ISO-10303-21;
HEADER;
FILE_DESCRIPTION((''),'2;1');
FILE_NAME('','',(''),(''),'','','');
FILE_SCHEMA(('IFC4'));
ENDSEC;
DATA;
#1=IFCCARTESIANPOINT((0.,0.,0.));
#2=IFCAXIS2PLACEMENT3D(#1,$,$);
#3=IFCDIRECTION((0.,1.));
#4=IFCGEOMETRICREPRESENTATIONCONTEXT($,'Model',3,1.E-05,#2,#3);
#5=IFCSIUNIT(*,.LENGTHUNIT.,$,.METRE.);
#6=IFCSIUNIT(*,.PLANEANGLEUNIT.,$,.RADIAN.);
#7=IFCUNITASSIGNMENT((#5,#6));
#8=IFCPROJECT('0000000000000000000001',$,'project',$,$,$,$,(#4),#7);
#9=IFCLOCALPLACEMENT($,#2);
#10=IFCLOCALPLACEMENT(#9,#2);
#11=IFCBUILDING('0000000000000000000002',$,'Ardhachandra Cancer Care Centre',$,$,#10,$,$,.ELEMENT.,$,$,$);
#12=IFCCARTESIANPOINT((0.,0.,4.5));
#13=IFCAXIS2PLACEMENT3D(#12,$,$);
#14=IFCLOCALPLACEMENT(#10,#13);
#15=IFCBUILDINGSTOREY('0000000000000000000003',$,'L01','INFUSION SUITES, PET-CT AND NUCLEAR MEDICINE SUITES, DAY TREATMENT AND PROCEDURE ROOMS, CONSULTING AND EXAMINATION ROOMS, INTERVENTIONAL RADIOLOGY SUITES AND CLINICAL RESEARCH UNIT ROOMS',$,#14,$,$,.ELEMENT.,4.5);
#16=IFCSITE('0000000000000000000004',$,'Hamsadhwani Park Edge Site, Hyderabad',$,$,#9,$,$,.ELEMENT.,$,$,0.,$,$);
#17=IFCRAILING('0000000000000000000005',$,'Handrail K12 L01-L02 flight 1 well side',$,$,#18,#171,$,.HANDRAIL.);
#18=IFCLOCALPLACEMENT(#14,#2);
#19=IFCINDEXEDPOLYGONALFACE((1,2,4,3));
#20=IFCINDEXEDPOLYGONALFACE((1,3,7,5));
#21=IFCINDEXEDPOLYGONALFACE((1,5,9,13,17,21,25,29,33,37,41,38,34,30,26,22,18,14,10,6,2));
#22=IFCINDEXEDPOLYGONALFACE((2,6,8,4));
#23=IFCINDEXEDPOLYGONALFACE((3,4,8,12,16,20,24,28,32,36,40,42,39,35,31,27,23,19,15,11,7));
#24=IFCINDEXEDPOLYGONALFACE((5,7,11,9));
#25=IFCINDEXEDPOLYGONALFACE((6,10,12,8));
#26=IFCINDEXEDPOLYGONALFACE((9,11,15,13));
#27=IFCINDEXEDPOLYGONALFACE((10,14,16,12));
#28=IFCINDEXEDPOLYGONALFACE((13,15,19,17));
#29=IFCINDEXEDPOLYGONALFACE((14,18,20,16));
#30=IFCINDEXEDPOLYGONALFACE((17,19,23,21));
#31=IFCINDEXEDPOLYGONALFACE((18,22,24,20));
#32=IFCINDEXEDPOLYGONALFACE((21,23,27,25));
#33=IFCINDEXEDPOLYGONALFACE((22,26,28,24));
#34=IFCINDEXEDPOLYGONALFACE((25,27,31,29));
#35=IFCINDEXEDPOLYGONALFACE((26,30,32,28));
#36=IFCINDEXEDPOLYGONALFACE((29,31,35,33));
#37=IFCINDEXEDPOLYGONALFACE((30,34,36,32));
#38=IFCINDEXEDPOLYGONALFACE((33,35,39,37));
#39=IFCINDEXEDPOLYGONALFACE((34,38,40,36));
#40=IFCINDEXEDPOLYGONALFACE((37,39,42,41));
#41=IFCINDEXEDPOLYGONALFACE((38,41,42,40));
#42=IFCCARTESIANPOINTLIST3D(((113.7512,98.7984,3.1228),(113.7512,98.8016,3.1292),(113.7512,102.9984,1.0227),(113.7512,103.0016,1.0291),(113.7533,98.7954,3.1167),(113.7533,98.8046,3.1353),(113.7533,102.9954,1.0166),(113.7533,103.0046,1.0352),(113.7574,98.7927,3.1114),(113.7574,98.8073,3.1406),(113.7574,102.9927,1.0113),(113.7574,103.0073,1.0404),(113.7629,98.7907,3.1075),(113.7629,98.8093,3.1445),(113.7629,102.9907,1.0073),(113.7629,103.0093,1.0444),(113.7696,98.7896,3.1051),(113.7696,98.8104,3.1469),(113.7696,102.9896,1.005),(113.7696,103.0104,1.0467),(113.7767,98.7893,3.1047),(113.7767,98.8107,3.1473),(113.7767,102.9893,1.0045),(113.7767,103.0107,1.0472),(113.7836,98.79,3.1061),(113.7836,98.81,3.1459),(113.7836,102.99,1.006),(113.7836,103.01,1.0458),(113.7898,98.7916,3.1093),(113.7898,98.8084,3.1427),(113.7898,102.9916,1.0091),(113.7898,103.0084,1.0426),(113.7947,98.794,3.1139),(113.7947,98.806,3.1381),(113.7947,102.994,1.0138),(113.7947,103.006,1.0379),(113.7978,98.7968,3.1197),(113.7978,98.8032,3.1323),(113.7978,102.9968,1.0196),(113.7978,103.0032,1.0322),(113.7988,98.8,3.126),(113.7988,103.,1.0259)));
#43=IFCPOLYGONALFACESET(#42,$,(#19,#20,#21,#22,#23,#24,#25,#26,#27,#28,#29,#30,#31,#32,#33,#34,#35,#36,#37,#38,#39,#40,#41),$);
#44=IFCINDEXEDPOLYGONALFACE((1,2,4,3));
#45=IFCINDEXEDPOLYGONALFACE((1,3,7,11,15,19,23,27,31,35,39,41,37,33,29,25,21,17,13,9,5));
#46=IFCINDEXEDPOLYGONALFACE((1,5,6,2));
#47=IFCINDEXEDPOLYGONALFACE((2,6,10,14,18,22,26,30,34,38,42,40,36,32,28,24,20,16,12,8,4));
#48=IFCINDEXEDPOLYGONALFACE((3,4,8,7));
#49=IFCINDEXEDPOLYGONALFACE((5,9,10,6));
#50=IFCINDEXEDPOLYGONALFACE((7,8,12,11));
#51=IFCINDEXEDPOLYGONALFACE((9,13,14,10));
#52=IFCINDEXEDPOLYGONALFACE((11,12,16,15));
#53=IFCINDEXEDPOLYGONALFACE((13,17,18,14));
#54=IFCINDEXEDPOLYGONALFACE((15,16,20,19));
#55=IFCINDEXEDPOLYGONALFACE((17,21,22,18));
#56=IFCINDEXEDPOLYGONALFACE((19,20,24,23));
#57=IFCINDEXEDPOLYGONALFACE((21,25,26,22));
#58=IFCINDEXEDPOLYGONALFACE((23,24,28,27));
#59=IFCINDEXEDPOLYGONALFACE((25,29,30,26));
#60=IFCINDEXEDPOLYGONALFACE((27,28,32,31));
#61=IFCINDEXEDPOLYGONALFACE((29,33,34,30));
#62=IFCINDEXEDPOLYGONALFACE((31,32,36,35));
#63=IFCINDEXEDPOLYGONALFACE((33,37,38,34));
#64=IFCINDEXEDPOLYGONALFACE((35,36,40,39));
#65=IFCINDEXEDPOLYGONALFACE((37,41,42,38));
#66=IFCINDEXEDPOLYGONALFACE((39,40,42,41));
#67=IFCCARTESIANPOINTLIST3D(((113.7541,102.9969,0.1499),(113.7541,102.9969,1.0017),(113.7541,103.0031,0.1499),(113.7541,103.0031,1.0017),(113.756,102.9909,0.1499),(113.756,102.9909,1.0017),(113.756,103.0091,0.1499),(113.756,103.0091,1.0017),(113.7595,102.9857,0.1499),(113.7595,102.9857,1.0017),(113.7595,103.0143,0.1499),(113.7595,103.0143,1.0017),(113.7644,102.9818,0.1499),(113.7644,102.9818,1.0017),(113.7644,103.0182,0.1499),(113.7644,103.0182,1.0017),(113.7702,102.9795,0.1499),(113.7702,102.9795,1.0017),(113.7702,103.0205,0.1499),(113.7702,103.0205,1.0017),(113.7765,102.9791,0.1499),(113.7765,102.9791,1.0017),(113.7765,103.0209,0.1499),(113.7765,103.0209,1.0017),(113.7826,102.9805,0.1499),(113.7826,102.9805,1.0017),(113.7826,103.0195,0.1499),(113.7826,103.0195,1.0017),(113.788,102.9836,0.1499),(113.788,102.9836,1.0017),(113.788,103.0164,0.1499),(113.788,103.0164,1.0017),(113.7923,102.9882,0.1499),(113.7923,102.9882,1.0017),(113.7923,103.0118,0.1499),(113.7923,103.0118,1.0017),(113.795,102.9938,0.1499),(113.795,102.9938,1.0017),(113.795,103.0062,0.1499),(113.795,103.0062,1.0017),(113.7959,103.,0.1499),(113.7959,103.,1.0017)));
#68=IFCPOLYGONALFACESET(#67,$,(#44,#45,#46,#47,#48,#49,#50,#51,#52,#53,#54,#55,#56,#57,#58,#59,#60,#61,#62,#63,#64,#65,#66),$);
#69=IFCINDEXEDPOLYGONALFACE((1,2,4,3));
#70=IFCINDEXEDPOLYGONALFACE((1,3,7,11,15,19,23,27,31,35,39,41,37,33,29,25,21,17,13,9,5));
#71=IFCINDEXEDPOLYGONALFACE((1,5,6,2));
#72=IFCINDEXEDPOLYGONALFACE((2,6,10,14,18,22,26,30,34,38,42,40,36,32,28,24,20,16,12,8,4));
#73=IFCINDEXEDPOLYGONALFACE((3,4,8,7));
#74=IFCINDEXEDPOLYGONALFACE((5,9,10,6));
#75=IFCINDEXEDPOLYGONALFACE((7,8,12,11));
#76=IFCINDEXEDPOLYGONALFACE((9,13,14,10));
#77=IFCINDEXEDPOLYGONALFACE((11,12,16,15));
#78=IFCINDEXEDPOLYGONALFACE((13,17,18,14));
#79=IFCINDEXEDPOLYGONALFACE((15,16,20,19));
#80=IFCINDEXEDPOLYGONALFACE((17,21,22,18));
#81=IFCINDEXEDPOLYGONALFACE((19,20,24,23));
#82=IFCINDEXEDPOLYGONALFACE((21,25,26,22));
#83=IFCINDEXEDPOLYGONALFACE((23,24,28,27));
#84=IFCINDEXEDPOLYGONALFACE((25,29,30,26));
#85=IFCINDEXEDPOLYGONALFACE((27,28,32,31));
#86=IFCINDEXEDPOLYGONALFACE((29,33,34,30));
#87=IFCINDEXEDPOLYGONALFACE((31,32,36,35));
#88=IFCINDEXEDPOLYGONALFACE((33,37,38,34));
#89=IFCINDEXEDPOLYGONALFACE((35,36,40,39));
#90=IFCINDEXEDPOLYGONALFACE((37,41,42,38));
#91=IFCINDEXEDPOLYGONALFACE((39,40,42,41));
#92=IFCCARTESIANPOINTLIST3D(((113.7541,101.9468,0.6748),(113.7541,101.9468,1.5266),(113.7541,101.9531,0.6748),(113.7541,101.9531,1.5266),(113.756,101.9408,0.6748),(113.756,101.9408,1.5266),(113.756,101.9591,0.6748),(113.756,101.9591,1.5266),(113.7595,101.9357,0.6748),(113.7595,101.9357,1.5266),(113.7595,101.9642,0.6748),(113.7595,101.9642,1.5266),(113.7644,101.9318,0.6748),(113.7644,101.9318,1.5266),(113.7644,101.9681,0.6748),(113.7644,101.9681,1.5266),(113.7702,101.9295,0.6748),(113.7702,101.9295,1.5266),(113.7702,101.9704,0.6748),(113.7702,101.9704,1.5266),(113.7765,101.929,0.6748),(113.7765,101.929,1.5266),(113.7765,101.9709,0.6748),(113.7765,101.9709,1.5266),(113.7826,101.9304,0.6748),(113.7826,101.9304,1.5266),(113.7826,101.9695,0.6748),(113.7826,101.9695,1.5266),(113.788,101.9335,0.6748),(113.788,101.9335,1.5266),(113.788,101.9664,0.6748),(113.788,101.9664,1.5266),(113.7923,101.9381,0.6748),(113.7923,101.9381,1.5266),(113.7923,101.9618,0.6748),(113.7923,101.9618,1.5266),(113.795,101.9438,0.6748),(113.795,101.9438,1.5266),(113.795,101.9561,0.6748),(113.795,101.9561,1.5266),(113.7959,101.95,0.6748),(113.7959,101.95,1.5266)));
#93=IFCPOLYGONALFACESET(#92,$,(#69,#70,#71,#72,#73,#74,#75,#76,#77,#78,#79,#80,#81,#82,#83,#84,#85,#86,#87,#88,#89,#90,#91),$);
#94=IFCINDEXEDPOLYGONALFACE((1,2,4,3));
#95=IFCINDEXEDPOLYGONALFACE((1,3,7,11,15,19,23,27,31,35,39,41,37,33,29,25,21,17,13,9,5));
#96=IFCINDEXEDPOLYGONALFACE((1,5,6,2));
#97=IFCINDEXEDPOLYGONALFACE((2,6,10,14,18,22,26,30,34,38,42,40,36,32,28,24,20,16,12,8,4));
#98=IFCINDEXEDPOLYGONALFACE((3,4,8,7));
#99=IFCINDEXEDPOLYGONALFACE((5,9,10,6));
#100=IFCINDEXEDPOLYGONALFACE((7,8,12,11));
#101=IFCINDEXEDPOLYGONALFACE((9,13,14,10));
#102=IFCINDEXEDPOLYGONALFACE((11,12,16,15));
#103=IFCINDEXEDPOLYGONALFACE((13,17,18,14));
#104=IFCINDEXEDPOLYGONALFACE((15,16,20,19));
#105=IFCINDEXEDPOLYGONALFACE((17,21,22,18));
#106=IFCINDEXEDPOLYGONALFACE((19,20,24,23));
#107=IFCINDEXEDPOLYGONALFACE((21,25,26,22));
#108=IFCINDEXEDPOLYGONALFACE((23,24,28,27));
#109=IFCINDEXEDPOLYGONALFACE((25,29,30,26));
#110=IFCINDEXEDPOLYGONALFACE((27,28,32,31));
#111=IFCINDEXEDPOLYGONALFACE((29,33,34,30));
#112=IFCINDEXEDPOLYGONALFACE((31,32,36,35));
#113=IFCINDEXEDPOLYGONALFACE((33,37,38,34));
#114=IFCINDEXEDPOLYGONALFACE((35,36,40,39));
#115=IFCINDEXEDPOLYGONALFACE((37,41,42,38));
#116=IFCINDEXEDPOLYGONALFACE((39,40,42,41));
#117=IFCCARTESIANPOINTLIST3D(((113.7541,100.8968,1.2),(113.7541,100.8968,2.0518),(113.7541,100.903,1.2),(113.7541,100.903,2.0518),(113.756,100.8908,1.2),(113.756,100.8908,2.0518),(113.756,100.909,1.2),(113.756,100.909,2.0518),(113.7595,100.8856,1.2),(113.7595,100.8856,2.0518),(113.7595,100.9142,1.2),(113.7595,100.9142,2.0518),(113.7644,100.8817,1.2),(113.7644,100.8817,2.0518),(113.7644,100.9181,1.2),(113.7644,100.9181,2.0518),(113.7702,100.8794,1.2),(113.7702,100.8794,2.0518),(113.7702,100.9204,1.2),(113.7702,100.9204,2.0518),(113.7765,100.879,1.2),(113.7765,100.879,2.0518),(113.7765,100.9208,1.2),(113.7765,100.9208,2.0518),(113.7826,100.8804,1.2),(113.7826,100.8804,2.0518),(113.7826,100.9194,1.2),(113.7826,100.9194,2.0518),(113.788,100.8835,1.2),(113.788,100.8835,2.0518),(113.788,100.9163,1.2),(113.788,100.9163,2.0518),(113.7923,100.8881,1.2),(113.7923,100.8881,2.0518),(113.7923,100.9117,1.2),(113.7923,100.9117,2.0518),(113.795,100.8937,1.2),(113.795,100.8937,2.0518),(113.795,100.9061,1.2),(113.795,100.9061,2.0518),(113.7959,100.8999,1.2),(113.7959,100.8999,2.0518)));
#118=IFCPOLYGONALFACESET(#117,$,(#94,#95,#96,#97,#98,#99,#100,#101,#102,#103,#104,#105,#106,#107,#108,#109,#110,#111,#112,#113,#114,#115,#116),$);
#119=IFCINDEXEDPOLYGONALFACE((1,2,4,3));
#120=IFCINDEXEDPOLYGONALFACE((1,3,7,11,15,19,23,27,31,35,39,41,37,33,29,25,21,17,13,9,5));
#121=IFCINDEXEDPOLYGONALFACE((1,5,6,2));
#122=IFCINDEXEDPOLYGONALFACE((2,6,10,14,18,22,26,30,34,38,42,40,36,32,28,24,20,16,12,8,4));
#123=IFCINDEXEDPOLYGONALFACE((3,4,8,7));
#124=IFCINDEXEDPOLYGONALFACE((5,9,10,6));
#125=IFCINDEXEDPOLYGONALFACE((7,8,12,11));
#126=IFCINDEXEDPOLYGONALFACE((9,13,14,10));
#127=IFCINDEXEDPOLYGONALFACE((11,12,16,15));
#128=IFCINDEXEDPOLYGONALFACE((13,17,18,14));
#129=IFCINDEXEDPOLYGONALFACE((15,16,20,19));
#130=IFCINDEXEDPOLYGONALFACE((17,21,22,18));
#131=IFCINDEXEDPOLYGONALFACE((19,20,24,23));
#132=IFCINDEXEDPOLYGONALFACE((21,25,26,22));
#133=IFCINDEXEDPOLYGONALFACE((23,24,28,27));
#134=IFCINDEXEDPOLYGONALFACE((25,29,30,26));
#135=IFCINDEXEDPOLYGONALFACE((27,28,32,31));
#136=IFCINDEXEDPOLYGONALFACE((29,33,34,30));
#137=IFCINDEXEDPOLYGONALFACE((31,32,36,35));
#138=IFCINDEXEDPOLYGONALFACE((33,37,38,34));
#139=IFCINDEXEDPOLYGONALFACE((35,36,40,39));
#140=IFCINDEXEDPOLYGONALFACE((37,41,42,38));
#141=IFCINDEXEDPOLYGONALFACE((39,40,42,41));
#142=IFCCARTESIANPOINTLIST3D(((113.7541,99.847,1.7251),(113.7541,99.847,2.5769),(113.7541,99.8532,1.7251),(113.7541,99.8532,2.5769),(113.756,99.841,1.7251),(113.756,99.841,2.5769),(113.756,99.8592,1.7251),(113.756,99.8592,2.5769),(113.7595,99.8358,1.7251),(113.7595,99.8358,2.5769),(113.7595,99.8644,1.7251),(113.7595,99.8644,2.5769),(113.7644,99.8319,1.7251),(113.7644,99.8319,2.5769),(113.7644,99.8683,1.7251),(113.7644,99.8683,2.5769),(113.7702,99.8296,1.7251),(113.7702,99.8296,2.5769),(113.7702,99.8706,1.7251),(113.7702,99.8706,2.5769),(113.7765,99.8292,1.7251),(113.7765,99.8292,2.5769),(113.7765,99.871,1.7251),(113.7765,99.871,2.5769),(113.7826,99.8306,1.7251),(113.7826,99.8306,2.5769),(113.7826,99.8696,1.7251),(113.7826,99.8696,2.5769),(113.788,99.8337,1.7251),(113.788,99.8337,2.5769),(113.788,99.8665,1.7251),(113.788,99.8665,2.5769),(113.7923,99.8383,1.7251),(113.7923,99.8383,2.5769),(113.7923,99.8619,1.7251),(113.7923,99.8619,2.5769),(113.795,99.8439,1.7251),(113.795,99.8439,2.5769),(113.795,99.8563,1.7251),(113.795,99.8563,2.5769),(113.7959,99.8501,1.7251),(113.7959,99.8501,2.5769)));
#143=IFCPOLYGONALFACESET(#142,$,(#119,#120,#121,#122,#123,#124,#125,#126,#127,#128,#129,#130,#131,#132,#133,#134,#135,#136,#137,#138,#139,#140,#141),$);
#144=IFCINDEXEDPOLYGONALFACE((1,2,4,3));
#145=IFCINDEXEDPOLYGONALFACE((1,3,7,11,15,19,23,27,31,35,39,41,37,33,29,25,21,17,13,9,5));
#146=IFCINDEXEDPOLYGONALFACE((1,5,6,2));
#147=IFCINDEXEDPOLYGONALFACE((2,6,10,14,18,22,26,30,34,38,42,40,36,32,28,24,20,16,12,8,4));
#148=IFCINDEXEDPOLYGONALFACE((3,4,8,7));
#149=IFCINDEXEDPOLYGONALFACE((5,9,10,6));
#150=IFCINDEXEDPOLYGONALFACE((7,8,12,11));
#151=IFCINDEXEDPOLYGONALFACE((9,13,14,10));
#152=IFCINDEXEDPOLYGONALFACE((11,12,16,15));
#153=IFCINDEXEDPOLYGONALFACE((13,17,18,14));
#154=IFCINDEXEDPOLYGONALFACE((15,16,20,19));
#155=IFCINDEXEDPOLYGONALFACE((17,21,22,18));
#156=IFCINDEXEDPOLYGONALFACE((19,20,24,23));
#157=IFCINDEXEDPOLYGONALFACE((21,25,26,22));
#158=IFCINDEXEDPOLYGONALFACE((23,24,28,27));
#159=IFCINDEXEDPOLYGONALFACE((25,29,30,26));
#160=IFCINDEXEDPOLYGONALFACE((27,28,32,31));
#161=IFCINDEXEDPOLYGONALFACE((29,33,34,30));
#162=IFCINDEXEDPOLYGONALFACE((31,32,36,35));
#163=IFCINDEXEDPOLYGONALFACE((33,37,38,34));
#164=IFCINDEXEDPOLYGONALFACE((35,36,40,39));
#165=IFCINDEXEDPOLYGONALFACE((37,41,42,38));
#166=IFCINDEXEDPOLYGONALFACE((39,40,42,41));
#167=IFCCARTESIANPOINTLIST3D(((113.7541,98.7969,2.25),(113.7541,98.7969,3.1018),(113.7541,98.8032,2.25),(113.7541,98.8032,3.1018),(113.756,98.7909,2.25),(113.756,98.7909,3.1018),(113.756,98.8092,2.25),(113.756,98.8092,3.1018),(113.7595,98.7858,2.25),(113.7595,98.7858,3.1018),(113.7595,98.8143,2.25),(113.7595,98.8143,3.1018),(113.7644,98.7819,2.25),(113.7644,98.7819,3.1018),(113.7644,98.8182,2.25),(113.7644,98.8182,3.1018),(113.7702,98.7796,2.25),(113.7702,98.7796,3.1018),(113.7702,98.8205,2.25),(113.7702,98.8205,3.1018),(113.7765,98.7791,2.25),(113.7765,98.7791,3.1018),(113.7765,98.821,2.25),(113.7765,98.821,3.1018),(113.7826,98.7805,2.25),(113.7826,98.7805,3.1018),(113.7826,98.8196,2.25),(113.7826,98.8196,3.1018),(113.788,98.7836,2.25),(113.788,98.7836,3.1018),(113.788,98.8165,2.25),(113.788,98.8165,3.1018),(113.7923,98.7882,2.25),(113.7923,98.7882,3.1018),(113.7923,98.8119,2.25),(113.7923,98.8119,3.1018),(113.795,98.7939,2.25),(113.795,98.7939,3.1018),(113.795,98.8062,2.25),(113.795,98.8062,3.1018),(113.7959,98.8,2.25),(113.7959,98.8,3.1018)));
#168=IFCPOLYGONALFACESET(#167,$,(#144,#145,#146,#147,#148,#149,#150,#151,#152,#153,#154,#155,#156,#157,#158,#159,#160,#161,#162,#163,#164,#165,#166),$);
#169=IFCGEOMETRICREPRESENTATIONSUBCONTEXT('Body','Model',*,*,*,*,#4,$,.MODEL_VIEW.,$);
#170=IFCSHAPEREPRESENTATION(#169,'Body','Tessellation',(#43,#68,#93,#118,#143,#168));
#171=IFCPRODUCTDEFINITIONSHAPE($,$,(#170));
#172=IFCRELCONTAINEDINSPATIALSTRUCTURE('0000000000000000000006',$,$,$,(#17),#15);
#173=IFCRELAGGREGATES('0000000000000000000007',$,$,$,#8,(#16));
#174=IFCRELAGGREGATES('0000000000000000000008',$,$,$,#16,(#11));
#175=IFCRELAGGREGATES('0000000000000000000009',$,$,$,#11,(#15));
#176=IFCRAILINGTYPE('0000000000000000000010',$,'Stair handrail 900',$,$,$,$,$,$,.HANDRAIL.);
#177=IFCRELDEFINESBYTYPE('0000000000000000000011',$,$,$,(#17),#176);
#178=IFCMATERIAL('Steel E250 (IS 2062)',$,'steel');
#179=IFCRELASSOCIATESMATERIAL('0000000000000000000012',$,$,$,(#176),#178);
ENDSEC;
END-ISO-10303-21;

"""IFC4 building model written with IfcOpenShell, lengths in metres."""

from ifc_helpers import new_model, si_unit, direction, frame, origin, origin_2d, place, context, subcontext, project, spatial, circle, extrude, material, type_object, element, save


model = new_model("IFC4")

# Units and contexts
model_context = context("Model", 3, precision=1e-05, world=origin(), true_north=direction((0.0, 1.0)))
body_context = subcontext(model_context, "Body", "Model", "MODEL_VIEW")
ifc_project = project(units=[si_unit("LENGTHUNIT", "METRE"), si_unit("PLANEANGLEUNIT", "RADIAN")], contexts=[model_context])

# Site, building, storey
site_placement = place(None, origin())
site = spatial("IfcSite", under=ifc_project, at=site_placement, Name="Hamsadhwani Park Edge Site, Hyderabad", CompositionType="ELEMENT", RefElevation=0.0)
building_placement = place(site_placement, origin())
building = spatial("IfcBuilding", under=site, at=building_placement, Name="Ardhachandra Cancer Care Centre", CompositionType="ELEMENT")
storey_placement = place(building_placement, frame((0.0, 0.0, 4.5)))
storey = spatial("IfcBuildingStorey", under=building, at=storey_placement, Name="L01", Description="INFUSION SUITES, PET-CT AND NUCLEAR MEDICINE SUITES, DAY TREATMENT AND PROCEDURE ROOMS, CONSULTING AND EXAMINATION ROOMS, INTERVENTIONAL RADIOLOGY SUITES AND CLINICAL RESEARCH UNIT ROOMS", CompositionType="ELEMENT", Elevation=4.5)

# Railing
ifc_material_1 = material(Name="Steel E250 (IS 2062)", Category="steel")
railing_type_1 = type_object("IfcRailingType", Name="Stair handrail 900", PredefinedType="HANDRAIL", material=ifc_material_1)
for number, where, name in (
    (1, (113.7749, 103.0, 0.1499), "Handrail K12 L01-L02 flight 1 well side"),
):
    element("IfcRailing", number, at=place(storey_placement, frame(where)), inside=storey, type_object=railing_type_1, Name=name, PredefinedType="HANDRAIL", context=body_context, shape_type="SweptSolid", body=[
        extrude(circle(Radius=0.0239, at=origin_2d()), frame((0.0, 0.0, 0.876), z_axis=(0.0, -0.894417, 0.447234), x_axis=(1.0, 0.0, 0.0)), (0.0, 0.0, 1.0), 4.6958),
        extrude(circle(Radius=0.021, at=origin_2d()), origin(), (0.0, 0.0, 1.0), 0.8518),
        extrude(circle(Radius=0.021, at=origin_2d()), frame((0.0, -1.05, 0.5249)), (0.0, 0.0, 1.0), 0.8518),
        extrude(circle(Radius=0.021, at=origin_2d()), frame((0.0, -2.1001, 1.05)), (0.0, 0.0, 1.0), 0.8518),
        extrude(circle(Radius=0.021, at=origin_2d()), frame((0.0, -3.1499, 1.5752)), (0.0, 0.0, 1.0), 0.8518),
        extrude(circle(Radius=0.021, at=origin_2d()), frame((0.0, -4.2, 2.1001)), (0.0, 0.0, 1.0), 0.8518),
    ])

save(model, "model.ifc")
